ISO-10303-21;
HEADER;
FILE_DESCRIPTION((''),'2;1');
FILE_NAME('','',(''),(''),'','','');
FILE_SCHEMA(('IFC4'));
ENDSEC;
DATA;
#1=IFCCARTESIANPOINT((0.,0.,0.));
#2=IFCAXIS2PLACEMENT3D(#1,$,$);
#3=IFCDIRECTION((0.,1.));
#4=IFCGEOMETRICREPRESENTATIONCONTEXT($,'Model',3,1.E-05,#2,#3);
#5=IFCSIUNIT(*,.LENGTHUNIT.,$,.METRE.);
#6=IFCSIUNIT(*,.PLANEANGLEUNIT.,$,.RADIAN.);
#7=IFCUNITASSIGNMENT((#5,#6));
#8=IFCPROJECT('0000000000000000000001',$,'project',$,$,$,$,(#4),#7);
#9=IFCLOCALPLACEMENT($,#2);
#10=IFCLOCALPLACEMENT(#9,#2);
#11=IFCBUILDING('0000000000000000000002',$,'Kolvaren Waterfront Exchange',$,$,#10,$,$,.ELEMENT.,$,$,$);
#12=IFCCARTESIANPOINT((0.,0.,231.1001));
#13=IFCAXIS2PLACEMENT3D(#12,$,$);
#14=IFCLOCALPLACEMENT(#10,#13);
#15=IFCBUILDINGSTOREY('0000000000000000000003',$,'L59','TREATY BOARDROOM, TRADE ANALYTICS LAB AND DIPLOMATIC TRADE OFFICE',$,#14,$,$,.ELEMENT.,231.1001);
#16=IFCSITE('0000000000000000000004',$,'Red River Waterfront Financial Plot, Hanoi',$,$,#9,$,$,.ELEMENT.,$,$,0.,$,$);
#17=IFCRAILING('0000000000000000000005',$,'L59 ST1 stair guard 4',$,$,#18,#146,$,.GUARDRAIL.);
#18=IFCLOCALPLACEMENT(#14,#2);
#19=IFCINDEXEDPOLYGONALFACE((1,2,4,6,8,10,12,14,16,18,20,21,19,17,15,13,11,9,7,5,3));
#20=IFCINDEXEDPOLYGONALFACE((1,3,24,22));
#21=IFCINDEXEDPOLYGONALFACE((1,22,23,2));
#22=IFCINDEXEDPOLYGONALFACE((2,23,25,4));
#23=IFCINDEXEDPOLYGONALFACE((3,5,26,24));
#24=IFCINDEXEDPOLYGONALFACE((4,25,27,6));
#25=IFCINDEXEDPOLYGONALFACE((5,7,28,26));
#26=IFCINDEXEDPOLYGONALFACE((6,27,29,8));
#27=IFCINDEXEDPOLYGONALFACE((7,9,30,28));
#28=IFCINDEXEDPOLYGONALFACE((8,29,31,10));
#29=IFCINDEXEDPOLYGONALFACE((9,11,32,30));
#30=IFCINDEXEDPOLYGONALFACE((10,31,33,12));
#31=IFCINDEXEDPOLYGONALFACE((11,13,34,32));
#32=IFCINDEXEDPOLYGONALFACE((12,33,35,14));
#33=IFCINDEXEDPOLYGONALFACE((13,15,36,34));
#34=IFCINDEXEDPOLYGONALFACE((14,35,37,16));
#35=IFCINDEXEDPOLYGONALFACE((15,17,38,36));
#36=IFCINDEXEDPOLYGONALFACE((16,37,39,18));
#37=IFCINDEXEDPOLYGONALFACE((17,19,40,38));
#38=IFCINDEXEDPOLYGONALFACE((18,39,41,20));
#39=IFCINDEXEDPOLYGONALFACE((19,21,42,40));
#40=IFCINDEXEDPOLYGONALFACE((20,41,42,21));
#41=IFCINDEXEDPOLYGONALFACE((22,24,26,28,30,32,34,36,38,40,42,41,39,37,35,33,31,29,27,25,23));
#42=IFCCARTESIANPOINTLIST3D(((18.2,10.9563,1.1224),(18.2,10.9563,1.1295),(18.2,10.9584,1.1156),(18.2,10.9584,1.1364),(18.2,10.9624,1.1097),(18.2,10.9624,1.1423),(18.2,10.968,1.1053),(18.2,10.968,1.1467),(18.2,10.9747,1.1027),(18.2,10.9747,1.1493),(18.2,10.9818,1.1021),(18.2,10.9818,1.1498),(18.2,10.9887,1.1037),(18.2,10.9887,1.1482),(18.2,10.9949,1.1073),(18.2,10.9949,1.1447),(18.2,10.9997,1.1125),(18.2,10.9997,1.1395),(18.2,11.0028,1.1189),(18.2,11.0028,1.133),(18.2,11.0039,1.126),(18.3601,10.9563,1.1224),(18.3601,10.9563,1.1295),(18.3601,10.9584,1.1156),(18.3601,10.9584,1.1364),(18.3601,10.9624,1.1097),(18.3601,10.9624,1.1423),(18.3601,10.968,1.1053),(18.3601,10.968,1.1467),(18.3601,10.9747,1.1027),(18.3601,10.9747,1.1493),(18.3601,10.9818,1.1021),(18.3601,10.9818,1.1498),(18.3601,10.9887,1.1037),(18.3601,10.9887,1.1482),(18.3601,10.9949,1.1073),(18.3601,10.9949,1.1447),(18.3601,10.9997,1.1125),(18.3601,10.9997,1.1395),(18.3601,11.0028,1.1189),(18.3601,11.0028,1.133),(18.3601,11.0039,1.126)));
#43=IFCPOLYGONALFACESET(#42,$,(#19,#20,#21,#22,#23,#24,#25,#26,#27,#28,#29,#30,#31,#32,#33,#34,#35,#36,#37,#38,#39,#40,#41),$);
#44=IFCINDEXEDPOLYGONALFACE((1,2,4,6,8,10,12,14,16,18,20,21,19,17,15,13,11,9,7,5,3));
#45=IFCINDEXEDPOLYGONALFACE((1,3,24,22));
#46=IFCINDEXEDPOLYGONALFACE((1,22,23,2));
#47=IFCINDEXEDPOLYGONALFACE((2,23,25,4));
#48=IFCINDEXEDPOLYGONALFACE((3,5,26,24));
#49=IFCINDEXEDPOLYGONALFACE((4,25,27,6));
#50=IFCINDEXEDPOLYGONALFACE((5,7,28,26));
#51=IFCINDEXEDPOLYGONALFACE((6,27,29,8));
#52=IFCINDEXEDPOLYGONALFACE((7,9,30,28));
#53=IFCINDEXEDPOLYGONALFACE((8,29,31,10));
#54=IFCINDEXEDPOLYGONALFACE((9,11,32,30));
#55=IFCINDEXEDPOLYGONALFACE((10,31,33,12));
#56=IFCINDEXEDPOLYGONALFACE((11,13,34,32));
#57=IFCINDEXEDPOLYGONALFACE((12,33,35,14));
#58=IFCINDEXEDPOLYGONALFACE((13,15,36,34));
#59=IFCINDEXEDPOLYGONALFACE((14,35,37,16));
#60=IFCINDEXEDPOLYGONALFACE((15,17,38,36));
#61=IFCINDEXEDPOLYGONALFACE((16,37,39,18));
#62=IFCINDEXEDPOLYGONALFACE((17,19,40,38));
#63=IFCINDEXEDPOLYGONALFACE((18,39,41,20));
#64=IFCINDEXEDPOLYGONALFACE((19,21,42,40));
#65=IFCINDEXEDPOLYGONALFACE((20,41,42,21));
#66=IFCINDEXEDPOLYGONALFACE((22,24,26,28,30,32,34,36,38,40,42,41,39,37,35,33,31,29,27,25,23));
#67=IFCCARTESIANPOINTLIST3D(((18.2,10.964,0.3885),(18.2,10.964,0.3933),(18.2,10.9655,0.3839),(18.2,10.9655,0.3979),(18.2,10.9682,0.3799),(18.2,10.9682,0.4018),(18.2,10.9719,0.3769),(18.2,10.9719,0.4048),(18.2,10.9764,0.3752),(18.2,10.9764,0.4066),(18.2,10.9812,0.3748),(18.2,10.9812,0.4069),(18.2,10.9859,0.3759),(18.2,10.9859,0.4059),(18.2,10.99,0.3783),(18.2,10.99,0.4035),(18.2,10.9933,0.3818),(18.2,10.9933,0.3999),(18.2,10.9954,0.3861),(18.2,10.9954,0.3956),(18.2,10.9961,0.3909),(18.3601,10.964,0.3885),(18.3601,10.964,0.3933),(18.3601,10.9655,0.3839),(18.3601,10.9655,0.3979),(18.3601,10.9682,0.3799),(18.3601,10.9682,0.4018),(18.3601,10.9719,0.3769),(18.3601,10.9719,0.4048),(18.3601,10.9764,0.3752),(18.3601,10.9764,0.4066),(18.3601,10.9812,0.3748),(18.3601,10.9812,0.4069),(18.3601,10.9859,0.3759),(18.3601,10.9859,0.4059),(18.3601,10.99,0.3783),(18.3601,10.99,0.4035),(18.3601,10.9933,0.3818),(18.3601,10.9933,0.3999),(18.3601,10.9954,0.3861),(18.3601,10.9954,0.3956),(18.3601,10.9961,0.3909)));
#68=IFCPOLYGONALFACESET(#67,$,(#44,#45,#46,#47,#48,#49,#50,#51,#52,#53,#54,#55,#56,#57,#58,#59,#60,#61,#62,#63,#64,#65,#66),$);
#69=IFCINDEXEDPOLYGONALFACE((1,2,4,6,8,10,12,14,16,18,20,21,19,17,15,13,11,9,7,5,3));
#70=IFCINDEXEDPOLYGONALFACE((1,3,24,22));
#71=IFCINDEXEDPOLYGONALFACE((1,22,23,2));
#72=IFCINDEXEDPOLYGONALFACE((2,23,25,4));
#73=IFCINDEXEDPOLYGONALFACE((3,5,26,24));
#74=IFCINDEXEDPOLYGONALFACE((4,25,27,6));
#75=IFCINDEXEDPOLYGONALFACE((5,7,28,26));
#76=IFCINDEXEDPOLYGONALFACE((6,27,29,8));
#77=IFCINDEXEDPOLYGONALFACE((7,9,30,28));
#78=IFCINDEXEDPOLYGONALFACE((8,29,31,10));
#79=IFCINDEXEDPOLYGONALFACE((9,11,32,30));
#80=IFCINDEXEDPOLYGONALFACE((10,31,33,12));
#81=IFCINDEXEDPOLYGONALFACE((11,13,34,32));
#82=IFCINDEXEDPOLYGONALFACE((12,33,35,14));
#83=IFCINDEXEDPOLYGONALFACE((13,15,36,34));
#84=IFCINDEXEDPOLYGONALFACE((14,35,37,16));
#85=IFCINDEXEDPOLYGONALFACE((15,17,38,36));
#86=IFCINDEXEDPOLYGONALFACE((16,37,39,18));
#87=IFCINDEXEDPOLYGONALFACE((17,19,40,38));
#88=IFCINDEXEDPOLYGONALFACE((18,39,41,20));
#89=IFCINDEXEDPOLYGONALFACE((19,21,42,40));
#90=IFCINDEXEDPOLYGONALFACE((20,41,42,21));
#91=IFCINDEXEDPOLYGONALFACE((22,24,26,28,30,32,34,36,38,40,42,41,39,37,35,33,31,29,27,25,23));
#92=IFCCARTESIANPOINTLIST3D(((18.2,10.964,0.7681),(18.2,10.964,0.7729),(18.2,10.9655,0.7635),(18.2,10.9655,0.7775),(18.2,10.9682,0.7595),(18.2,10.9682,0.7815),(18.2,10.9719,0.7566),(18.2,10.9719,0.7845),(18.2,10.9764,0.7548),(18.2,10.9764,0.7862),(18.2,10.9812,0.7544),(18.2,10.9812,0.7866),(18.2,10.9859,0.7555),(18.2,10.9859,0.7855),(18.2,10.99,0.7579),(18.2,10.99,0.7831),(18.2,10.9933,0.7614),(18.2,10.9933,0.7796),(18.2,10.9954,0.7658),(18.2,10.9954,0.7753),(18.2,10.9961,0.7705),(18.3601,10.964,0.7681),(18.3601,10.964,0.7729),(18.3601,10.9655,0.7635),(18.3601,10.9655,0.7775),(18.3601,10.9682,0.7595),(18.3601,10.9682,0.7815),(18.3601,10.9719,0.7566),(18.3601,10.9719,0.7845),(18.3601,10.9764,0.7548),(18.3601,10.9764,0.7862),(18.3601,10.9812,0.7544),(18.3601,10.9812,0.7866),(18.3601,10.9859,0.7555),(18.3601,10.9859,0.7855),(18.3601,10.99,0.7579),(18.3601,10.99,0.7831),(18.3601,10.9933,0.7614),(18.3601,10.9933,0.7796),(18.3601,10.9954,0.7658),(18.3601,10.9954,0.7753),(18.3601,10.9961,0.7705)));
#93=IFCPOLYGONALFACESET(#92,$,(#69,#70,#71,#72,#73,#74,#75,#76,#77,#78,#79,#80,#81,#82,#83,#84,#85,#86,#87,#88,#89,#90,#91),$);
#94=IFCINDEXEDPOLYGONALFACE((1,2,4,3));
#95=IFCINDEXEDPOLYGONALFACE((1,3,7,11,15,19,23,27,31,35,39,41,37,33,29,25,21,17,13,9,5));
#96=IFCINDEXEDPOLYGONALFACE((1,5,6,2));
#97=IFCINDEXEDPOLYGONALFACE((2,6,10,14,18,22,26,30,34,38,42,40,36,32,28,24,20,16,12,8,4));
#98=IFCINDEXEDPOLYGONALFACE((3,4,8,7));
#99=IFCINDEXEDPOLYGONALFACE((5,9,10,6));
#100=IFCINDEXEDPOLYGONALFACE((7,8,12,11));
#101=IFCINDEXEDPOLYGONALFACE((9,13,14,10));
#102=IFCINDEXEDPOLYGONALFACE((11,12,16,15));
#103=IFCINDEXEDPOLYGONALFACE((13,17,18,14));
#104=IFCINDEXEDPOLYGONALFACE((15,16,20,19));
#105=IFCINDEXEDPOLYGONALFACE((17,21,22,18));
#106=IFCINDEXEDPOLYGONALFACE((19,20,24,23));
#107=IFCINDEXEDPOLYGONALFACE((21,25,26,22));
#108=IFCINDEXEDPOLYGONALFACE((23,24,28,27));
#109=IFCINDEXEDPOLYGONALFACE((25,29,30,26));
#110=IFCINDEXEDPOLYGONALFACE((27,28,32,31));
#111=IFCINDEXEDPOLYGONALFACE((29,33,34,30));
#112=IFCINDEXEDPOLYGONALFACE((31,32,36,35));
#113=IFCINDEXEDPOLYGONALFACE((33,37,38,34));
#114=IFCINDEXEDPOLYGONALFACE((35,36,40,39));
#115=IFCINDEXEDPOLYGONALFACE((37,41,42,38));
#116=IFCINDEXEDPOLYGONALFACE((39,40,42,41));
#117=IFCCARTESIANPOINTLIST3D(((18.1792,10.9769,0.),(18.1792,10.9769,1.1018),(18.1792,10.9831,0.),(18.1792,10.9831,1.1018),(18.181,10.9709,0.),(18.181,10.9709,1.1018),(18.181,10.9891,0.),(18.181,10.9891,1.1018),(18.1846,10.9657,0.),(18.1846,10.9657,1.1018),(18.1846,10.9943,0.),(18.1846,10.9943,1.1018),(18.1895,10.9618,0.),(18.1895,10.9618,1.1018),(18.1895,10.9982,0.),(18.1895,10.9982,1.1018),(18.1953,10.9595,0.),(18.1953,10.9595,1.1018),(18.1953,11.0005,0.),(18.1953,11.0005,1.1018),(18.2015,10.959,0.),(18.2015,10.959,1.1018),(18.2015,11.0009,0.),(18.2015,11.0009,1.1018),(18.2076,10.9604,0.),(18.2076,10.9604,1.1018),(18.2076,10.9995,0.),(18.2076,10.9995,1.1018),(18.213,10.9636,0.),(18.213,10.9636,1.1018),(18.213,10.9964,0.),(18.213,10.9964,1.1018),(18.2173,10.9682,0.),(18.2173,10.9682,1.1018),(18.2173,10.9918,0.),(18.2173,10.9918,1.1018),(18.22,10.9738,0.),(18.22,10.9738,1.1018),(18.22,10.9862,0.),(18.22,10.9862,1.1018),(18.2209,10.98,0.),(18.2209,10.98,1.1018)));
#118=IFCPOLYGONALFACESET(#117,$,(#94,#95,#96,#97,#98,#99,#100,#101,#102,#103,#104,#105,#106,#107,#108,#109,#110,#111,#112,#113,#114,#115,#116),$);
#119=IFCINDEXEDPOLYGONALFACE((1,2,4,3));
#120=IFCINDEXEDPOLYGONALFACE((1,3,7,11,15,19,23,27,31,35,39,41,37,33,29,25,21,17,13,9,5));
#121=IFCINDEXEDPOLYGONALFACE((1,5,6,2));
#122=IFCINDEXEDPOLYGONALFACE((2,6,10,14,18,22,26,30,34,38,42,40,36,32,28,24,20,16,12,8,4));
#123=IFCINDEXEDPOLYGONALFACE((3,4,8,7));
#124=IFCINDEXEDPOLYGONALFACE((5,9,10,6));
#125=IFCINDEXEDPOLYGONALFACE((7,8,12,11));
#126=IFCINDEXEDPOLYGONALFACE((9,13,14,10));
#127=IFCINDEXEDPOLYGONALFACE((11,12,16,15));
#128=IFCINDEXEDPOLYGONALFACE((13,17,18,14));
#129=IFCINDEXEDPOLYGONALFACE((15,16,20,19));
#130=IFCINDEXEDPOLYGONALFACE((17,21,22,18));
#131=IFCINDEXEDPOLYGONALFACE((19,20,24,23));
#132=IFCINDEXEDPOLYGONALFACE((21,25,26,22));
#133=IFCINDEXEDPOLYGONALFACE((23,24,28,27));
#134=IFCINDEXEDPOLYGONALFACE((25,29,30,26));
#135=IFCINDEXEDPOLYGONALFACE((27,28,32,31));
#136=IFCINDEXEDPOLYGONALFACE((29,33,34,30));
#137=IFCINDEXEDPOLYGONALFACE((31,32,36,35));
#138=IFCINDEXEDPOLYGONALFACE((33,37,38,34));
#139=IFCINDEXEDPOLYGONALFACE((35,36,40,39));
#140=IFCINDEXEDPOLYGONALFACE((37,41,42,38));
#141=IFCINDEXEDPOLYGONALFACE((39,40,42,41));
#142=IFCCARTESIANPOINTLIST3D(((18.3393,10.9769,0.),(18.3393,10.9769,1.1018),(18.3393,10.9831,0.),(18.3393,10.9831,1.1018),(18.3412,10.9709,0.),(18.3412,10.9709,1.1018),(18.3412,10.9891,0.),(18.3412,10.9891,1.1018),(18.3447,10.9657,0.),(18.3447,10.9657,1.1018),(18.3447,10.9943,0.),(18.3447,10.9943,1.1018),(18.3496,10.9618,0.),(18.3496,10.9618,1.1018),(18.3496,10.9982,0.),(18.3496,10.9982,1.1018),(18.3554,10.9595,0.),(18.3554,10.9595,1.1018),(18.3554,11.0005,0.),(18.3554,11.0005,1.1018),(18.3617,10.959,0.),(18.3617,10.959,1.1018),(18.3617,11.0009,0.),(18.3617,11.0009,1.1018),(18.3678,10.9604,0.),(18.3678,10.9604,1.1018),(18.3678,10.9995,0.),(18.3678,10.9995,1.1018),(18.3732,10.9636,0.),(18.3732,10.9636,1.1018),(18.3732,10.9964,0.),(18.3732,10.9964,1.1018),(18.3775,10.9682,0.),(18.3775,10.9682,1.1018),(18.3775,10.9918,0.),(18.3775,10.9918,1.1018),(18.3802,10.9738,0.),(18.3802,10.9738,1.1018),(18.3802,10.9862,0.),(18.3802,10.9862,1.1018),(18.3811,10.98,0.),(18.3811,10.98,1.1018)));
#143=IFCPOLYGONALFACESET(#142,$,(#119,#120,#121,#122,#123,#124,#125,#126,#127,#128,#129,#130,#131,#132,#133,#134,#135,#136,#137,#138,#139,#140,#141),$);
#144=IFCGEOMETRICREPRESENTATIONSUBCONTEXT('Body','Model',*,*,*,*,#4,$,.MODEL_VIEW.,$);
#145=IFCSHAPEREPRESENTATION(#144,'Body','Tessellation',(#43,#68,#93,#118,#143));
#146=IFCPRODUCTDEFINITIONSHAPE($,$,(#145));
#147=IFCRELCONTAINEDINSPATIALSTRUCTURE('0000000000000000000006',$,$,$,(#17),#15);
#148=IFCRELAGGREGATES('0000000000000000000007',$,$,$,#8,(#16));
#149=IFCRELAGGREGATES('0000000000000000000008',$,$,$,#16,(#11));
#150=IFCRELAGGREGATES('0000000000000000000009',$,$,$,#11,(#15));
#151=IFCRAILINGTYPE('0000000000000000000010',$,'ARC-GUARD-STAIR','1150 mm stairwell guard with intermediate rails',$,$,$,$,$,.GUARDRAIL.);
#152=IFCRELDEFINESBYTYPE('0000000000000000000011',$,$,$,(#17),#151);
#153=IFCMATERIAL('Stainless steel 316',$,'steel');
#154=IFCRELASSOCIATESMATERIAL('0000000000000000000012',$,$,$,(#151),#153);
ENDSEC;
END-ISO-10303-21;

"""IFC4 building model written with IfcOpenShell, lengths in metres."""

from ifc_helpers import new_model, si_unit, direction, frame, origin, origin_2d, place, context, subcontext, project, spatial, circle, extrude, material, type_object, element, save


model = new_model("IFC4")

# Units and contexts
model_context = context("Model", 3, precision=1e-05, world=origin(), true_north=direction((0.0, 1.0)))
body_context = subcontext(model_context, "Body", "Model", "MODEL_VIEW")
ifc_project = project(units=[si_unit("LENGTHUNIT", "METRE"), si_unit("PLANEANGLEUNIT", "RADIAN")], contexts=[model_context])

# Site, building, storey
site_placement = place(None, origin())
site = spatial("IfcSite", under=ifc_project, at=site_placement, Name="Red River Waterfront Financial Plot, Hanoi", CompositionType="ELEMENT", RefElevation=0.0)
building_placement = place(site_placement, origin())
building = spatial("IfcBuilding", under=site, at=building_placement, Name="Kolvaren Waterfront Exchange", CompositionType="ELEMENT")
storey_placement = place(building_placement, frame((0.0, 0.0, 231.1001)))
storey = spatial("IfcBuildingStorey", under=building, at=storey_placement, Name="L59", Description="TREATY BOARDROOM, TRADE ANALYTICS LAB AND DIPLOMATIC TRADE OFFICE", CompositionType="ELEMENT", Elevation=231.1001)

# Railing
ifc_material_1 = material(Name="Stainless steel 316", Category="steel")
railing_type_1 = type_object("IfcRailingType", Name="ARC-GUARD-STAIR", Description="1150 mm stairwell guard with intermediate rails", PredefinedType="GUARDRAIL", material=ifc_material_1)
railing_1_placement = place(storey_placement, frame((18.2, 10.98, 0.0)))
element("IfcRailing", 1, at=railing_1_placement, inside=storey, type_object=railing_type_1, Name="L59 ST1 stair guard 4", PredefinedType="GUARDRAIL", context=body_context, shape_type="SweptSolid", body=[
    extrude(circle(Radius=0.0239, at=origin_2d()), frame((0.0, 0.0, 1.126), z_axis=(1.0, 0.0, 0.0), x_axis=(0.0, 1.0, 0.0)), (0.0, 0.0, 1.0), 0.1602),
    extrude(circle(Radius=0.0161, at=origin_2d()), frame((0.0, 0.0, 0.3909), z_axis=(1.0, 0.0, 0.0), x_axis=(0.0, 1.0, 0.0)), (0.0, 0.0, 1.0), 0.1602),
    extrude(circle(Radius=0.0161, at=origin_2d()), frame((0.0, 0.0, 0.7705), z_axis=(1.0, 0.0, 0.0), x_axis=(0.0, 1.0, 0.0)), (0.0, 0.0, 1.0), 0.1602),
    extrude(circle(Radius=0.021, at=origin_2d()), origin(), (0.0, 0.0, 1.0), 1.1018),
    extrude(circle(Radius=0.021, at=origin_2d()), frame((0.1602, 0.0, 0.0)), (0.0, 0.0, 1.0), 1.1018),
])

save(model, "model.ifc")
